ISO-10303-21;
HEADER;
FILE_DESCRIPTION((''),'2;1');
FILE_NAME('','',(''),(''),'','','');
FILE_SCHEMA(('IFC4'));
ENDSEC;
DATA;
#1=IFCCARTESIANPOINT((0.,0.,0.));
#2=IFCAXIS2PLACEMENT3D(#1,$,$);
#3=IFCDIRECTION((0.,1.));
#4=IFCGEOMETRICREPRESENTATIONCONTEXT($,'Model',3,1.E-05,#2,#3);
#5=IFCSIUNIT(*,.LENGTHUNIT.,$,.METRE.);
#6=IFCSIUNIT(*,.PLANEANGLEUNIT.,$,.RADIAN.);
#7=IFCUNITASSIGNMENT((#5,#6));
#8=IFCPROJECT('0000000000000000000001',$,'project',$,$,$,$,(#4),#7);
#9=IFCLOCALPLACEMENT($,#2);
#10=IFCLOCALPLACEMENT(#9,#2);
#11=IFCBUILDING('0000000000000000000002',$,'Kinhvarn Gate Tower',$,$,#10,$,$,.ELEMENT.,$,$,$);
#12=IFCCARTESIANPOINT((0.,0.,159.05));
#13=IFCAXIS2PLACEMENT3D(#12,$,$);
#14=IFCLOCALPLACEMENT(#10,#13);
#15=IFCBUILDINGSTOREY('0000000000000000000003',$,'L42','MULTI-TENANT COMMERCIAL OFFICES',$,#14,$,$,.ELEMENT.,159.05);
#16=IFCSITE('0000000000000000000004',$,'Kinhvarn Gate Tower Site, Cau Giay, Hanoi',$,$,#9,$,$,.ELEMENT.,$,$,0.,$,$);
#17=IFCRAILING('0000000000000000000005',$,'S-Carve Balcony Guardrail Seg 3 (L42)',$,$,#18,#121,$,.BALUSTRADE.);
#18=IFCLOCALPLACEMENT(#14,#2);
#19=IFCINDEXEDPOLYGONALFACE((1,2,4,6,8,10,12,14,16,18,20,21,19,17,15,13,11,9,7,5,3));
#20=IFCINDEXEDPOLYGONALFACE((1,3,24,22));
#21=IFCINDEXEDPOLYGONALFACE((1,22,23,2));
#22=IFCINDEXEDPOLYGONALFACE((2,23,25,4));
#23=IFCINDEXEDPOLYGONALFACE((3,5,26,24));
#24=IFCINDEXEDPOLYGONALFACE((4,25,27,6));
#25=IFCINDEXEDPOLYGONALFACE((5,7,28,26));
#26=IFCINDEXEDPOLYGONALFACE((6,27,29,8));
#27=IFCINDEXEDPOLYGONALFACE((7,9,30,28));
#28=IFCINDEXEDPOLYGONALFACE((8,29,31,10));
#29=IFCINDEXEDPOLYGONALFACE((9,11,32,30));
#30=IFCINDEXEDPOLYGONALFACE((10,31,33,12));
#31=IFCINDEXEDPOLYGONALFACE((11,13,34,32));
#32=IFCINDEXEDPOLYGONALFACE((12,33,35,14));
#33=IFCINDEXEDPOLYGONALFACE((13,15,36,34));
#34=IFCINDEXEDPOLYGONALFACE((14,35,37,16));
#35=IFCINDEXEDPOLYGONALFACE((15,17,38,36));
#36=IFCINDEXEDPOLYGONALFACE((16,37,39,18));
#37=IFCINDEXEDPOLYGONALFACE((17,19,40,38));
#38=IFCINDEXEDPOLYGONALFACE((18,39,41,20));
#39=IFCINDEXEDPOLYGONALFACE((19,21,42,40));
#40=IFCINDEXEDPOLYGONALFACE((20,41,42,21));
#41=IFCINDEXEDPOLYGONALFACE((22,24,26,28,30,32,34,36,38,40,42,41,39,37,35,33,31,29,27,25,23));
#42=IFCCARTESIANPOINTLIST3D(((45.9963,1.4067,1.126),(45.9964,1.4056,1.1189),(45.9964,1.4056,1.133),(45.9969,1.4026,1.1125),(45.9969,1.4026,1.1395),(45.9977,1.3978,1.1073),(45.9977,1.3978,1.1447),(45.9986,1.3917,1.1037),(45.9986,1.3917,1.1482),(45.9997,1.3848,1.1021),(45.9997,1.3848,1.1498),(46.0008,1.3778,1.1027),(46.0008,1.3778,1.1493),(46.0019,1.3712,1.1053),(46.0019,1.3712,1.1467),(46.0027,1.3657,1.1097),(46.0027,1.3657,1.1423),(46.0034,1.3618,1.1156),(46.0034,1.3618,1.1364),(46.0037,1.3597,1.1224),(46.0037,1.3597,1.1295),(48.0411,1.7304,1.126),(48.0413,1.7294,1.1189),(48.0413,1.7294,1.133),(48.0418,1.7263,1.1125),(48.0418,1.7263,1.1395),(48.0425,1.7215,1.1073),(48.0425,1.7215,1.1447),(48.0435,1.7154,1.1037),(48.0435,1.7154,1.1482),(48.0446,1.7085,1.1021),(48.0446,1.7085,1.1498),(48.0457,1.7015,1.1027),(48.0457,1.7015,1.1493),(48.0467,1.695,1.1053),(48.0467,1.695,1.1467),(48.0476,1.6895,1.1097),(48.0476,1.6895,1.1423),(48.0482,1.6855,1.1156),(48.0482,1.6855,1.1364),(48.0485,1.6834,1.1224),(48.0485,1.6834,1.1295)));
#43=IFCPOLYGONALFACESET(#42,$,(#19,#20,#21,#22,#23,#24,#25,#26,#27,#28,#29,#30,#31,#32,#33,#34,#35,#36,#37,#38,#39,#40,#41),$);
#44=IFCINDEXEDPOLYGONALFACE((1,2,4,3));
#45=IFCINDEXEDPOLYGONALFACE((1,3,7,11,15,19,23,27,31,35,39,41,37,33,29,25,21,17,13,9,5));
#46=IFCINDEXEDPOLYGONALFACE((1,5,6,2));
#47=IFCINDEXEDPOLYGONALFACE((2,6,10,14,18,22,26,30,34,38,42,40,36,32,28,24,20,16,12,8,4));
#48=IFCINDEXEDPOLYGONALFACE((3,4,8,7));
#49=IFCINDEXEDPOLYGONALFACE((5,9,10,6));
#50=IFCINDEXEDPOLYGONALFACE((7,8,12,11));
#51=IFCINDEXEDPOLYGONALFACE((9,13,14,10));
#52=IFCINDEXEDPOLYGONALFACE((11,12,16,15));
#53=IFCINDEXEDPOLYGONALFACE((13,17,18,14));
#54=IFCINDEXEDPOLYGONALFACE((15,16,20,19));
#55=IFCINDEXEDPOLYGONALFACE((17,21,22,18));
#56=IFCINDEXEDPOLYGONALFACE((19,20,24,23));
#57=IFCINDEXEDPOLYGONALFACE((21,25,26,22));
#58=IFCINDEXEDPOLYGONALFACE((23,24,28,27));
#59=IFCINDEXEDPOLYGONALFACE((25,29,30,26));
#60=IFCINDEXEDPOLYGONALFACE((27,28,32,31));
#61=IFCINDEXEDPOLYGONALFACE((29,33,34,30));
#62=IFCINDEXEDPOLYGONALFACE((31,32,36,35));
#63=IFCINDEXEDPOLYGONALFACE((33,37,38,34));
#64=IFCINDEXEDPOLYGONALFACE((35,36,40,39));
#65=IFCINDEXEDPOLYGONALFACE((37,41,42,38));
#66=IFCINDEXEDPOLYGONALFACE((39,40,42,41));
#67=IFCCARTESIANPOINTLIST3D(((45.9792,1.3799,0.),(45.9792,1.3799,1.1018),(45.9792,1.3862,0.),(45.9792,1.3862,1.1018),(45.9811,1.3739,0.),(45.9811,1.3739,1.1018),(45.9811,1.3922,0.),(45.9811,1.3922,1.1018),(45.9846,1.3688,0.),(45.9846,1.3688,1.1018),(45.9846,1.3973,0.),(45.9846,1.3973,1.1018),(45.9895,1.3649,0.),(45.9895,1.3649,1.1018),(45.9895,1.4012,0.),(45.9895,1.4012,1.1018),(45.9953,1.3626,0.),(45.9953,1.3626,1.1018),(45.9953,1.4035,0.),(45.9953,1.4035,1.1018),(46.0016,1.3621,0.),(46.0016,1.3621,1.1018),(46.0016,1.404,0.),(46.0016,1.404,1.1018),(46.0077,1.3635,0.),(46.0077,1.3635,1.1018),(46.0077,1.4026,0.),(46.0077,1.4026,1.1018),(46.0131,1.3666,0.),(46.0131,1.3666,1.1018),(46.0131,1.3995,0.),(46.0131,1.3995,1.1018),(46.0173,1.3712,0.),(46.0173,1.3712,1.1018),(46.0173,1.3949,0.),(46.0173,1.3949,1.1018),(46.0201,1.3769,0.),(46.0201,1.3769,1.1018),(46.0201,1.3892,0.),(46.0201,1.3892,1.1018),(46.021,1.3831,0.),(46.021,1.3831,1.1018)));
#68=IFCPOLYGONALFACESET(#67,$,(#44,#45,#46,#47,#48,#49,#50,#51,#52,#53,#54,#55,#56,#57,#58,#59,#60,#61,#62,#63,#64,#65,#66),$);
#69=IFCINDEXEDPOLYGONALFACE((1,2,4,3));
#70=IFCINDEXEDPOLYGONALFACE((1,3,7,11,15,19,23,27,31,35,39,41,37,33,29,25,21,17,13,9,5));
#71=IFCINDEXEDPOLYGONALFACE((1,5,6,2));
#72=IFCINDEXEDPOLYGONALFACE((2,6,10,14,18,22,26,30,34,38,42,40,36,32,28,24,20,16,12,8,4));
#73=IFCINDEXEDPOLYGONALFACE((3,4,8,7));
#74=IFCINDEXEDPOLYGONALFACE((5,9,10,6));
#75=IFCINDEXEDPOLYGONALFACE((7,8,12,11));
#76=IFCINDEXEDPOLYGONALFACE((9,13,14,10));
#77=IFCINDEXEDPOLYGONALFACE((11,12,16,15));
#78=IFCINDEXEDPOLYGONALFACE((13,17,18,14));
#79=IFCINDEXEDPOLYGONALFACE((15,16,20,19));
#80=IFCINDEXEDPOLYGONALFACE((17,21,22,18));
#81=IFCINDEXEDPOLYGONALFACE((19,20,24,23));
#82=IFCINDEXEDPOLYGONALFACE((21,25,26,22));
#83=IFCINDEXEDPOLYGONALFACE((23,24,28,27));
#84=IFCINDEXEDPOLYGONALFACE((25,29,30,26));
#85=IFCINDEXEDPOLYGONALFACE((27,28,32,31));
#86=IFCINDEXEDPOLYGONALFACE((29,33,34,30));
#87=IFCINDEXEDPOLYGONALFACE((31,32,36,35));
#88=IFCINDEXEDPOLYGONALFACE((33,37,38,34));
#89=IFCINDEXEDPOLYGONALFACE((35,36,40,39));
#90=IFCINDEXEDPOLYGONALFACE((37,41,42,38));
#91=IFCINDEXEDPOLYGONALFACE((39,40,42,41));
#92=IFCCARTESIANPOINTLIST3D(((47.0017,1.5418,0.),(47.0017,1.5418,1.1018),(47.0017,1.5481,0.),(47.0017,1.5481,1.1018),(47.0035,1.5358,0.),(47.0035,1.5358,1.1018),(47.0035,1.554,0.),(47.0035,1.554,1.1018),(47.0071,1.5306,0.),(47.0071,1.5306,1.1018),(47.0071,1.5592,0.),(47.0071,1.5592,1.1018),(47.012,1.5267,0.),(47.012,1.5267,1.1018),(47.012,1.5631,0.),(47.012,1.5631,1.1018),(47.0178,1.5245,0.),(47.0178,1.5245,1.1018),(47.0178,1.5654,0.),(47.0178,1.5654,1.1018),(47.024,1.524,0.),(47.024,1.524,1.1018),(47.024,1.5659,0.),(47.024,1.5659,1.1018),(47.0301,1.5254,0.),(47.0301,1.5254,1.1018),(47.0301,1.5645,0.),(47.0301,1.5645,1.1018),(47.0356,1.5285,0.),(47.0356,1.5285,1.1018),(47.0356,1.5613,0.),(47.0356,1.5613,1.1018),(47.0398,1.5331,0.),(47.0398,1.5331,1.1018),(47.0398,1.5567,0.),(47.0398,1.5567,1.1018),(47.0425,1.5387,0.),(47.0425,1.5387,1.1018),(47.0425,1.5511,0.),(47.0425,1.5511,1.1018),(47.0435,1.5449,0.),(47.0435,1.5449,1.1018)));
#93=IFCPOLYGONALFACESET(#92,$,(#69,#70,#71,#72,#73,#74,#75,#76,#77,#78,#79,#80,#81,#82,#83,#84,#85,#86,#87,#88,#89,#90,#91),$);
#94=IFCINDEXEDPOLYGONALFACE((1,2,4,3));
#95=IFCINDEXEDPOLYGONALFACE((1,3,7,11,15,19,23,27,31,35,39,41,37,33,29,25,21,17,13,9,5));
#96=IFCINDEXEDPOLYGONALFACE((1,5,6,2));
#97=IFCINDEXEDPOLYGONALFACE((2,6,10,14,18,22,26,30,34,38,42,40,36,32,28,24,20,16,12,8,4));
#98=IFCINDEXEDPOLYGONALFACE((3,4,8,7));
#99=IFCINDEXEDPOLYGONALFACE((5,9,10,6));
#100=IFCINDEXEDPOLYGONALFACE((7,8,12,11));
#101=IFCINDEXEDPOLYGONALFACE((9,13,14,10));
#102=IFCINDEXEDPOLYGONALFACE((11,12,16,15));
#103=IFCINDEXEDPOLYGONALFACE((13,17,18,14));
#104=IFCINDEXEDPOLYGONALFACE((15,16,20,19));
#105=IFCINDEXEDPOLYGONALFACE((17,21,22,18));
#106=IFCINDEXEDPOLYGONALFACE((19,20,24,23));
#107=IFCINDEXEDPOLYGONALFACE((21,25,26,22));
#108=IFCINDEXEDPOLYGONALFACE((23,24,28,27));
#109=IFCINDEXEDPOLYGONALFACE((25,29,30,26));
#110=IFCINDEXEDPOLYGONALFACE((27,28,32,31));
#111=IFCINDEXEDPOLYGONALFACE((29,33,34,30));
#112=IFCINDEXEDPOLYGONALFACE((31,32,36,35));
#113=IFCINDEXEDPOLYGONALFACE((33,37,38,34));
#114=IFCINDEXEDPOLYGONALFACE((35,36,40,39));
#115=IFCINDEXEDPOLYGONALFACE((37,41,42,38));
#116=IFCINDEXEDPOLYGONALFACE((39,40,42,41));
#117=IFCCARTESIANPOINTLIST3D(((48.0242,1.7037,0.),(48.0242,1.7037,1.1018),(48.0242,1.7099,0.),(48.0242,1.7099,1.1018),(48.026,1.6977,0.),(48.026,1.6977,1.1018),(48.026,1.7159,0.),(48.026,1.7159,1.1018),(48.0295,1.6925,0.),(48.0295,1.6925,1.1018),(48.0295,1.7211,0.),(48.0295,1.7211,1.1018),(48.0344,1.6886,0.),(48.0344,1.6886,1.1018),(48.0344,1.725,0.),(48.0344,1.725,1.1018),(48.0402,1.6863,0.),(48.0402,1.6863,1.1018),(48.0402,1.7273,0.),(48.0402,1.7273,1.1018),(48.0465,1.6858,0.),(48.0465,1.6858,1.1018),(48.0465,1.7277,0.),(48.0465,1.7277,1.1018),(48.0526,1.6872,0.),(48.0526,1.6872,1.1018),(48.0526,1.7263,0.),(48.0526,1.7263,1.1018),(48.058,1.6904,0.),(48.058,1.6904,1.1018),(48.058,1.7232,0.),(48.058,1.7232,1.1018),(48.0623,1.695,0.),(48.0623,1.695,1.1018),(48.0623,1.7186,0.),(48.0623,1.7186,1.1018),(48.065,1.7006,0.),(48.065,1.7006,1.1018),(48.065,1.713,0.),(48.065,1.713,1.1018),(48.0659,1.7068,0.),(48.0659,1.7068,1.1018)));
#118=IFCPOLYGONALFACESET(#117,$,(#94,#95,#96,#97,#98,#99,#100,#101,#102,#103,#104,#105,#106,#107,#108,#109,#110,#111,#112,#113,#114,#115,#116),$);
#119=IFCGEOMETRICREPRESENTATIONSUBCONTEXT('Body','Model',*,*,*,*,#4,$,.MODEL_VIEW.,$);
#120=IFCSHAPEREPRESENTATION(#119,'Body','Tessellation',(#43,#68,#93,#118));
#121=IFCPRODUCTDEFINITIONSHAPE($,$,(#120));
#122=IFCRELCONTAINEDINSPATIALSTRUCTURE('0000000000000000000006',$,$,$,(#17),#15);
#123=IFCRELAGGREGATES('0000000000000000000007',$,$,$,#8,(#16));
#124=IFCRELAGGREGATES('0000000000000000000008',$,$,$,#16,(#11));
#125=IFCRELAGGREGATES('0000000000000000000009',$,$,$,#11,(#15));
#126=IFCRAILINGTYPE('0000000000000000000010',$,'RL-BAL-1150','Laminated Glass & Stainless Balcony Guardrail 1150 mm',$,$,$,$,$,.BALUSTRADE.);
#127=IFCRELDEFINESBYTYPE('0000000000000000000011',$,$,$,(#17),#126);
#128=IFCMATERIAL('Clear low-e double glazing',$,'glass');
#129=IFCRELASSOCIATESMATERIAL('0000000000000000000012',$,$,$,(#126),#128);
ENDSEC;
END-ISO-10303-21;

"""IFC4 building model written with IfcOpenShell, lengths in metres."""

from ifc_helpers import new_model, si_unit, direction, frame, origin, origin_2d, place, context, subcontext, project, spatial, circle, extrude, material, type_object, element, save


model = new_model("IFC4")

# Units and contexts
model_context = context("Model", 3, precision=1e-05, world=origin(), true_north=direction((0.0, 1.0)))
body_context = subcontext(model_context, "Body", "Model", "MODEL_VIEW")
ifc_project = project(units=[si_unit("LENGTHUNIT", "METRE"), si_unit("PLANEANGLEUNIT", "RADIAN")], contexts=[model_context])

# Site, building, storey
site_placement = place(None, origin())
site = spatial("IfcSite", under=ifc_project, at=site_placement, Name="Kinhvarn Gate Tower Site, Cau Giay, Hanoi", CompositionType="ELEMENT", RefElevation=0.0)
building_placement = place(site_placement, origin())
building = spatial("IfcBuilding", under=site, at=building_placement, Name="Kinhvarn Gate Tower", CompositionType="ELEMENT")
storey_placement = place(building_placement, frame((0.0, 0.0, 159.05)))
storey = spatial("IfcBuildingStorey", under=building, at=storey_placement, Name="L42", Description="MULTI-TENANT COMMERCIAL OFFICES", CompositionType="ELEMENT", Elevation=159.05)

# Shared definitions
ifc_material_1 = material(Name="Clear low-e double glazing", Category="glass")

# Railing
railing_type = type_object("IfcRailingType", Name="RL-BAL-1150", Description="Laminated Glass & Stainless Balcony Guardrail 1150 mm", PredefinedType="BALUSTRADE", material=ifc_material_1)
railing_1_placement = place(storey_placement, frame((46.0, 1.3831, 0.0)))
element("IfcRailing", 1, at=railing_1_placement, inside=storey, type_object=railing_type, Name="S-Carve Balcony Guardrail Seg 3 (L42)", PredefinedType="BALUSTRADE", context=body_context, shape_type="SweptSolid", body=[
    extrude(circle(Radius=0.0239, at=origin_2d()), frame((0.0, 0.0, 1.126), z_axis=(0.9877, 0.156362, 0.0), x_axis=(-0.156362, 0.9877, 0.0)), (0.0, 0.0, 1.0), 2.0703),
    extrude(circle(Radius=0.021, at=origin_2d()), origin(), (0.0, 0.0, 1.0), 1.1018),
    extrude(circle(Radius=0.021, at=origin_2d()), frame((1.0225, 0.1619, 0.0)), (0.0, 0.0, 1.0), 1.1018),
    extrude(circle(Radius=0.021, at=origin_2d()), frame((2.0449, 0.3237, 0.0)), (0.0, 0.0, 1.0), 1.1018),
])

save(model, "model.ifc")
